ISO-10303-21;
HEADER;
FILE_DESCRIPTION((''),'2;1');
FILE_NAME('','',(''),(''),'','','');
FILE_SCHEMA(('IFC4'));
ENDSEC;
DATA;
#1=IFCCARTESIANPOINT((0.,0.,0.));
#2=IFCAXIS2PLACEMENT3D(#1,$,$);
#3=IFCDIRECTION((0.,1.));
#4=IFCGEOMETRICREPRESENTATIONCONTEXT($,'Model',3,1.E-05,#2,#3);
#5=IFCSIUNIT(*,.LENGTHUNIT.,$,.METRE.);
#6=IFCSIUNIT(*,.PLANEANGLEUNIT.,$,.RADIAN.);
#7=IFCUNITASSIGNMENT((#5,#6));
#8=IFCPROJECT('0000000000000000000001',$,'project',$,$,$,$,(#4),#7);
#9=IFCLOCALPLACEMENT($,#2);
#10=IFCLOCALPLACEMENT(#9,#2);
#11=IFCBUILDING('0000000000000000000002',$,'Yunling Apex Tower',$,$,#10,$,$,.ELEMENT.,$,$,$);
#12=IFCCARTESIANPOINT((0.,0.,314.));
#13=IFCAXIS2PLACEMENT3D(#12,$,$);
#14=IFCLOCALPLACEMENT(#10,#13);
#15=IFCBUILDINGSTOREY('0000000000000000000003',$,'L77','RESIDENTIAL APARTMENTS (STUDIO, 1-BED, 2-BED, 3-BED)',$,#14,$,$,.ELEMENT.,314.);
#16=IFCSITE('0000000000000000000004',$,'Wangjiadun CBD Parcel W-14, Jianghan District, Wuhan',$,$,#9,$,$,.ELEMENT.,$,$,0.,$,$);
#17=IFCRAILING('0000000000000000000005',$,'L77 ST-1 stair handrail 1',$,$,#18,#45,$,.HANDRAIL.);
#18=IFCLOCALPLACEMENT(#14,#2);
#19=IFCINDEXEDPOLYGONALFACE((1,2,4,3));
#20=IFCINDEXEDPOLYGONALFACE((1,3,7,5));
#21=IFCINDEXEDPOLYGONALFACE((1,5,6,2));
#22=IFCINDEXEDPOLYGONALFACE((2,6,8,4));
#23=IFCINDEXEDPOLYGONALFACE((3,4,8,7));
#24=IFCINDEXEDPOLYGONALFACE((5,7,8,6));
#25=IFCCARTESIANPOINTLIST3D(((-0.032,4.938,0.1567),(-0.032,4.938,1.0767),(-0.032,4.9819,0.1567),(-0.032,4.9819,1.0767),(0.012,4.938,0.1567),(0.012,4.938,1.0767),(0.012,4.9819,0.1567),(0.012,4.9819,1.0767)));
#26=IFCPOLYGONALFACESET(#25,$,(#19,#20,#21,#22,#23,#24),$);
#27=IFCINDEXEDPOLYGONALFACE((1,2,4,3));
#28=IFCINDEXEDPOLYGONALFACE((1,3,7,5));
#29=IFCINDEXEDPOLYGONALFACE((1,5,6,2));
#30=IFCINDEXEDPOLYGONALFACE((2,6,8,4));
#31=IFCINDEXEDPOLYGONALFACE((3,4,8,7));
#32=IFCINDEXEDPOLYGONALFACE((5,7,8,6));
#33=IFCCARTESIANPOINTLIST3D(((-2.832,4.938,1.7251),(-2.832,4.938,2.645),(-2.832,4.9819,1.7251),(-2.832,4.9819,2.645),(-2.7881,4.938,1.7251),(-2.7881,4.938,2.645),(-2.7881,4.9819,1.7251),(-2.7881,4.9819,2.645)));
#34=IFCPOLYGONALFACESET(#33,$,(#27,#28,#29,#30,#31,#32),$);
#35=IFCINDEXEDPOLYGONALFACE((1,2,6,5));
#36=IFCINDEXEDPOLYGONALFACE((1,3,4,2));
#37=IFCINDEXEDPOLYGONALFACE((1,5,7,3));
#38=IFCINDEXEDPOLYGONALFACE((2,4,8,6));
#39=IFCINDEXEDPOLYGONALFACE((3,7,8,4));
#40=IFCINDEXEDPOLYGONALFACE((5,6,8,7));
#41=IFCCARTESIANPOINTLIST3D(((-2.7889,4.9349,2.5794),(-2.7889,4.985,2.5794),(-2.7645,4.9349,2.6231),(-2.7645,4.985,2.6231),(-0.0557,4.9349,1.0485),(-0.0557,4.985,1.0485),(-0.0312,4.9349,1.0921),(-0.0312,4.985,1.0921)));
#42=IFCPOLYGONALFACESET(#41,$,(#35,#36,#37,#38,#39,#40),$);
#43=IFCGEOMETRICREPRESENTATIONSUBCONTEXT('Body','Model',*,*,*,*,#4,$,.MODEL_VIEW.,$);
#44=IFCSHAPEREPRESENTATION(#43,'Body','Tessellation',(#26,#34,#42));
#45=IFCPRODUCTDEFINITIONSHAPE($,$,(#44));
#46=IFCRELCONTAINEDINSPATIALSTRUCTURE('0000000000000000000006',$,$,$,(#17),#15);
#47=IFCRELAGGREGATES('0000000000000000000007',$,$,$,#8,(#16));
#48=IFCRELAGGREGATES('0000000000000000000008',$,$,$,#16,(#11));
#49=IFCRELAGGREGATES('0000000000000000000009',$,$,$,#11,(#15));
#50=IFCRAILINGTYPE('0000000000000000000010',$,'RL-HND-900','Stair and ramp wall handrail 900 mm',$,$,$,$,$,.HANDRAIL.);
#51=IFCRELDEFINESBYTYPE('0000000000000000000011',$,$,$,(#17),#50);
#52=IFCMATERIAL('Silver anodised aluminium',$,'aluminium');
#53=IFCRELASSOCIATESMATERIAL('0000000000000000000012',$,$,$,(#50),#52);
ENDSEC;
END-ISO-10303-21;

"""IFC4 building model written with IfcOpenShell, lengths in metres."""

from ifc_helpers import new_model, si_unit, direction, frame, origin, origin_2d, place, context, subcontext, project, spatial, rectangle, extrude, material, type_object, element, save


model = new_model("IFC4")

# Units and contexts
model_context = context("Model", 3, precision=1e-05, world=origin(), true_north=direction((0.0, 1.0)))
body_context = subcontext(model_context, "Body", "Model", "MODEL_VIEW")
ifc_project = project(units=[si_unit("LENGTHUNIT", "METRE"), si_unit("PLANEANGLEUNIT", "RADIAN")], contexts=[model_context])

# Site, building, storey
site_placement = place(None, origin())
site = spatial("IfcSite", under=ifc_project, at=site_placement, Name="Wangjiadun CBD Parcel W-14, Jianghan District, Wuhan", CompositionType="ELEMENT", RefElevation=0.0)
building_placement = place(site_placement, origin())
building = spatial("IfcBuilding", under=site, at=building_placement, Name="Yunling Apex Tower", CompositionType="ELEMENT")
storey_placement = place(building_placement, frame((0.0, 0.0, 314.0)))
storey = spatial("IfcBuildingStorey", under=building, at=storey_placement, Name="L77", Description="RESIDENTIAL APARTMENTS (STUDIO, 1-BED, 2-BED, 3-BED)", CompositionType="ELEMENT", Elevation=314.0)

# Railing
ifc_material_1 = material(Name="Silver anodised aluminium", Category="aluminium")
railing_type_1 = type_object("IfcRailingType", Name="RL-HND-900", Description="Stair and ramp wall handrail 900 mm", PredefinedType="HANDRAIL", material=ifc_material_1)
railing_1_placement = place(storey_placement, frame((-0.01, 4.96, 0.1567)))
element("IfcRailing", 1, at=railing_1_placement, inside=storey, type_object=railing_type_1, Name="L77 ST-1 stair handrail 1", PredefinedType="HANDRAIL", context=body_context, shape_type="SweptSolid", body=[
    extrude(rectangle(XDim=0.0439, YDim=0.0439, at=origin_2d()), origin(), (0.0, 0.0, 1.0), 0.9199),
    extrude(rectangle(XDim=0.0439, YDim=0.0439, at=origin_2d()), frame((-2.8, 0.0, 1.5684)), (0.0, 0.0, 1.0), 0.9199),
    extrude(rectangle(XDim=0.05, YDim=0.05, at=origin_2d()), frame((-0.0334, 0.0, 0.9136), z_axis=(-0.872462, 0.0, 0.488682), x_axis=(0.0, -1.0, 0.0)), (0.0, 0.0, 1.0), 3.1328),
])

save(model, "model.ifc")
